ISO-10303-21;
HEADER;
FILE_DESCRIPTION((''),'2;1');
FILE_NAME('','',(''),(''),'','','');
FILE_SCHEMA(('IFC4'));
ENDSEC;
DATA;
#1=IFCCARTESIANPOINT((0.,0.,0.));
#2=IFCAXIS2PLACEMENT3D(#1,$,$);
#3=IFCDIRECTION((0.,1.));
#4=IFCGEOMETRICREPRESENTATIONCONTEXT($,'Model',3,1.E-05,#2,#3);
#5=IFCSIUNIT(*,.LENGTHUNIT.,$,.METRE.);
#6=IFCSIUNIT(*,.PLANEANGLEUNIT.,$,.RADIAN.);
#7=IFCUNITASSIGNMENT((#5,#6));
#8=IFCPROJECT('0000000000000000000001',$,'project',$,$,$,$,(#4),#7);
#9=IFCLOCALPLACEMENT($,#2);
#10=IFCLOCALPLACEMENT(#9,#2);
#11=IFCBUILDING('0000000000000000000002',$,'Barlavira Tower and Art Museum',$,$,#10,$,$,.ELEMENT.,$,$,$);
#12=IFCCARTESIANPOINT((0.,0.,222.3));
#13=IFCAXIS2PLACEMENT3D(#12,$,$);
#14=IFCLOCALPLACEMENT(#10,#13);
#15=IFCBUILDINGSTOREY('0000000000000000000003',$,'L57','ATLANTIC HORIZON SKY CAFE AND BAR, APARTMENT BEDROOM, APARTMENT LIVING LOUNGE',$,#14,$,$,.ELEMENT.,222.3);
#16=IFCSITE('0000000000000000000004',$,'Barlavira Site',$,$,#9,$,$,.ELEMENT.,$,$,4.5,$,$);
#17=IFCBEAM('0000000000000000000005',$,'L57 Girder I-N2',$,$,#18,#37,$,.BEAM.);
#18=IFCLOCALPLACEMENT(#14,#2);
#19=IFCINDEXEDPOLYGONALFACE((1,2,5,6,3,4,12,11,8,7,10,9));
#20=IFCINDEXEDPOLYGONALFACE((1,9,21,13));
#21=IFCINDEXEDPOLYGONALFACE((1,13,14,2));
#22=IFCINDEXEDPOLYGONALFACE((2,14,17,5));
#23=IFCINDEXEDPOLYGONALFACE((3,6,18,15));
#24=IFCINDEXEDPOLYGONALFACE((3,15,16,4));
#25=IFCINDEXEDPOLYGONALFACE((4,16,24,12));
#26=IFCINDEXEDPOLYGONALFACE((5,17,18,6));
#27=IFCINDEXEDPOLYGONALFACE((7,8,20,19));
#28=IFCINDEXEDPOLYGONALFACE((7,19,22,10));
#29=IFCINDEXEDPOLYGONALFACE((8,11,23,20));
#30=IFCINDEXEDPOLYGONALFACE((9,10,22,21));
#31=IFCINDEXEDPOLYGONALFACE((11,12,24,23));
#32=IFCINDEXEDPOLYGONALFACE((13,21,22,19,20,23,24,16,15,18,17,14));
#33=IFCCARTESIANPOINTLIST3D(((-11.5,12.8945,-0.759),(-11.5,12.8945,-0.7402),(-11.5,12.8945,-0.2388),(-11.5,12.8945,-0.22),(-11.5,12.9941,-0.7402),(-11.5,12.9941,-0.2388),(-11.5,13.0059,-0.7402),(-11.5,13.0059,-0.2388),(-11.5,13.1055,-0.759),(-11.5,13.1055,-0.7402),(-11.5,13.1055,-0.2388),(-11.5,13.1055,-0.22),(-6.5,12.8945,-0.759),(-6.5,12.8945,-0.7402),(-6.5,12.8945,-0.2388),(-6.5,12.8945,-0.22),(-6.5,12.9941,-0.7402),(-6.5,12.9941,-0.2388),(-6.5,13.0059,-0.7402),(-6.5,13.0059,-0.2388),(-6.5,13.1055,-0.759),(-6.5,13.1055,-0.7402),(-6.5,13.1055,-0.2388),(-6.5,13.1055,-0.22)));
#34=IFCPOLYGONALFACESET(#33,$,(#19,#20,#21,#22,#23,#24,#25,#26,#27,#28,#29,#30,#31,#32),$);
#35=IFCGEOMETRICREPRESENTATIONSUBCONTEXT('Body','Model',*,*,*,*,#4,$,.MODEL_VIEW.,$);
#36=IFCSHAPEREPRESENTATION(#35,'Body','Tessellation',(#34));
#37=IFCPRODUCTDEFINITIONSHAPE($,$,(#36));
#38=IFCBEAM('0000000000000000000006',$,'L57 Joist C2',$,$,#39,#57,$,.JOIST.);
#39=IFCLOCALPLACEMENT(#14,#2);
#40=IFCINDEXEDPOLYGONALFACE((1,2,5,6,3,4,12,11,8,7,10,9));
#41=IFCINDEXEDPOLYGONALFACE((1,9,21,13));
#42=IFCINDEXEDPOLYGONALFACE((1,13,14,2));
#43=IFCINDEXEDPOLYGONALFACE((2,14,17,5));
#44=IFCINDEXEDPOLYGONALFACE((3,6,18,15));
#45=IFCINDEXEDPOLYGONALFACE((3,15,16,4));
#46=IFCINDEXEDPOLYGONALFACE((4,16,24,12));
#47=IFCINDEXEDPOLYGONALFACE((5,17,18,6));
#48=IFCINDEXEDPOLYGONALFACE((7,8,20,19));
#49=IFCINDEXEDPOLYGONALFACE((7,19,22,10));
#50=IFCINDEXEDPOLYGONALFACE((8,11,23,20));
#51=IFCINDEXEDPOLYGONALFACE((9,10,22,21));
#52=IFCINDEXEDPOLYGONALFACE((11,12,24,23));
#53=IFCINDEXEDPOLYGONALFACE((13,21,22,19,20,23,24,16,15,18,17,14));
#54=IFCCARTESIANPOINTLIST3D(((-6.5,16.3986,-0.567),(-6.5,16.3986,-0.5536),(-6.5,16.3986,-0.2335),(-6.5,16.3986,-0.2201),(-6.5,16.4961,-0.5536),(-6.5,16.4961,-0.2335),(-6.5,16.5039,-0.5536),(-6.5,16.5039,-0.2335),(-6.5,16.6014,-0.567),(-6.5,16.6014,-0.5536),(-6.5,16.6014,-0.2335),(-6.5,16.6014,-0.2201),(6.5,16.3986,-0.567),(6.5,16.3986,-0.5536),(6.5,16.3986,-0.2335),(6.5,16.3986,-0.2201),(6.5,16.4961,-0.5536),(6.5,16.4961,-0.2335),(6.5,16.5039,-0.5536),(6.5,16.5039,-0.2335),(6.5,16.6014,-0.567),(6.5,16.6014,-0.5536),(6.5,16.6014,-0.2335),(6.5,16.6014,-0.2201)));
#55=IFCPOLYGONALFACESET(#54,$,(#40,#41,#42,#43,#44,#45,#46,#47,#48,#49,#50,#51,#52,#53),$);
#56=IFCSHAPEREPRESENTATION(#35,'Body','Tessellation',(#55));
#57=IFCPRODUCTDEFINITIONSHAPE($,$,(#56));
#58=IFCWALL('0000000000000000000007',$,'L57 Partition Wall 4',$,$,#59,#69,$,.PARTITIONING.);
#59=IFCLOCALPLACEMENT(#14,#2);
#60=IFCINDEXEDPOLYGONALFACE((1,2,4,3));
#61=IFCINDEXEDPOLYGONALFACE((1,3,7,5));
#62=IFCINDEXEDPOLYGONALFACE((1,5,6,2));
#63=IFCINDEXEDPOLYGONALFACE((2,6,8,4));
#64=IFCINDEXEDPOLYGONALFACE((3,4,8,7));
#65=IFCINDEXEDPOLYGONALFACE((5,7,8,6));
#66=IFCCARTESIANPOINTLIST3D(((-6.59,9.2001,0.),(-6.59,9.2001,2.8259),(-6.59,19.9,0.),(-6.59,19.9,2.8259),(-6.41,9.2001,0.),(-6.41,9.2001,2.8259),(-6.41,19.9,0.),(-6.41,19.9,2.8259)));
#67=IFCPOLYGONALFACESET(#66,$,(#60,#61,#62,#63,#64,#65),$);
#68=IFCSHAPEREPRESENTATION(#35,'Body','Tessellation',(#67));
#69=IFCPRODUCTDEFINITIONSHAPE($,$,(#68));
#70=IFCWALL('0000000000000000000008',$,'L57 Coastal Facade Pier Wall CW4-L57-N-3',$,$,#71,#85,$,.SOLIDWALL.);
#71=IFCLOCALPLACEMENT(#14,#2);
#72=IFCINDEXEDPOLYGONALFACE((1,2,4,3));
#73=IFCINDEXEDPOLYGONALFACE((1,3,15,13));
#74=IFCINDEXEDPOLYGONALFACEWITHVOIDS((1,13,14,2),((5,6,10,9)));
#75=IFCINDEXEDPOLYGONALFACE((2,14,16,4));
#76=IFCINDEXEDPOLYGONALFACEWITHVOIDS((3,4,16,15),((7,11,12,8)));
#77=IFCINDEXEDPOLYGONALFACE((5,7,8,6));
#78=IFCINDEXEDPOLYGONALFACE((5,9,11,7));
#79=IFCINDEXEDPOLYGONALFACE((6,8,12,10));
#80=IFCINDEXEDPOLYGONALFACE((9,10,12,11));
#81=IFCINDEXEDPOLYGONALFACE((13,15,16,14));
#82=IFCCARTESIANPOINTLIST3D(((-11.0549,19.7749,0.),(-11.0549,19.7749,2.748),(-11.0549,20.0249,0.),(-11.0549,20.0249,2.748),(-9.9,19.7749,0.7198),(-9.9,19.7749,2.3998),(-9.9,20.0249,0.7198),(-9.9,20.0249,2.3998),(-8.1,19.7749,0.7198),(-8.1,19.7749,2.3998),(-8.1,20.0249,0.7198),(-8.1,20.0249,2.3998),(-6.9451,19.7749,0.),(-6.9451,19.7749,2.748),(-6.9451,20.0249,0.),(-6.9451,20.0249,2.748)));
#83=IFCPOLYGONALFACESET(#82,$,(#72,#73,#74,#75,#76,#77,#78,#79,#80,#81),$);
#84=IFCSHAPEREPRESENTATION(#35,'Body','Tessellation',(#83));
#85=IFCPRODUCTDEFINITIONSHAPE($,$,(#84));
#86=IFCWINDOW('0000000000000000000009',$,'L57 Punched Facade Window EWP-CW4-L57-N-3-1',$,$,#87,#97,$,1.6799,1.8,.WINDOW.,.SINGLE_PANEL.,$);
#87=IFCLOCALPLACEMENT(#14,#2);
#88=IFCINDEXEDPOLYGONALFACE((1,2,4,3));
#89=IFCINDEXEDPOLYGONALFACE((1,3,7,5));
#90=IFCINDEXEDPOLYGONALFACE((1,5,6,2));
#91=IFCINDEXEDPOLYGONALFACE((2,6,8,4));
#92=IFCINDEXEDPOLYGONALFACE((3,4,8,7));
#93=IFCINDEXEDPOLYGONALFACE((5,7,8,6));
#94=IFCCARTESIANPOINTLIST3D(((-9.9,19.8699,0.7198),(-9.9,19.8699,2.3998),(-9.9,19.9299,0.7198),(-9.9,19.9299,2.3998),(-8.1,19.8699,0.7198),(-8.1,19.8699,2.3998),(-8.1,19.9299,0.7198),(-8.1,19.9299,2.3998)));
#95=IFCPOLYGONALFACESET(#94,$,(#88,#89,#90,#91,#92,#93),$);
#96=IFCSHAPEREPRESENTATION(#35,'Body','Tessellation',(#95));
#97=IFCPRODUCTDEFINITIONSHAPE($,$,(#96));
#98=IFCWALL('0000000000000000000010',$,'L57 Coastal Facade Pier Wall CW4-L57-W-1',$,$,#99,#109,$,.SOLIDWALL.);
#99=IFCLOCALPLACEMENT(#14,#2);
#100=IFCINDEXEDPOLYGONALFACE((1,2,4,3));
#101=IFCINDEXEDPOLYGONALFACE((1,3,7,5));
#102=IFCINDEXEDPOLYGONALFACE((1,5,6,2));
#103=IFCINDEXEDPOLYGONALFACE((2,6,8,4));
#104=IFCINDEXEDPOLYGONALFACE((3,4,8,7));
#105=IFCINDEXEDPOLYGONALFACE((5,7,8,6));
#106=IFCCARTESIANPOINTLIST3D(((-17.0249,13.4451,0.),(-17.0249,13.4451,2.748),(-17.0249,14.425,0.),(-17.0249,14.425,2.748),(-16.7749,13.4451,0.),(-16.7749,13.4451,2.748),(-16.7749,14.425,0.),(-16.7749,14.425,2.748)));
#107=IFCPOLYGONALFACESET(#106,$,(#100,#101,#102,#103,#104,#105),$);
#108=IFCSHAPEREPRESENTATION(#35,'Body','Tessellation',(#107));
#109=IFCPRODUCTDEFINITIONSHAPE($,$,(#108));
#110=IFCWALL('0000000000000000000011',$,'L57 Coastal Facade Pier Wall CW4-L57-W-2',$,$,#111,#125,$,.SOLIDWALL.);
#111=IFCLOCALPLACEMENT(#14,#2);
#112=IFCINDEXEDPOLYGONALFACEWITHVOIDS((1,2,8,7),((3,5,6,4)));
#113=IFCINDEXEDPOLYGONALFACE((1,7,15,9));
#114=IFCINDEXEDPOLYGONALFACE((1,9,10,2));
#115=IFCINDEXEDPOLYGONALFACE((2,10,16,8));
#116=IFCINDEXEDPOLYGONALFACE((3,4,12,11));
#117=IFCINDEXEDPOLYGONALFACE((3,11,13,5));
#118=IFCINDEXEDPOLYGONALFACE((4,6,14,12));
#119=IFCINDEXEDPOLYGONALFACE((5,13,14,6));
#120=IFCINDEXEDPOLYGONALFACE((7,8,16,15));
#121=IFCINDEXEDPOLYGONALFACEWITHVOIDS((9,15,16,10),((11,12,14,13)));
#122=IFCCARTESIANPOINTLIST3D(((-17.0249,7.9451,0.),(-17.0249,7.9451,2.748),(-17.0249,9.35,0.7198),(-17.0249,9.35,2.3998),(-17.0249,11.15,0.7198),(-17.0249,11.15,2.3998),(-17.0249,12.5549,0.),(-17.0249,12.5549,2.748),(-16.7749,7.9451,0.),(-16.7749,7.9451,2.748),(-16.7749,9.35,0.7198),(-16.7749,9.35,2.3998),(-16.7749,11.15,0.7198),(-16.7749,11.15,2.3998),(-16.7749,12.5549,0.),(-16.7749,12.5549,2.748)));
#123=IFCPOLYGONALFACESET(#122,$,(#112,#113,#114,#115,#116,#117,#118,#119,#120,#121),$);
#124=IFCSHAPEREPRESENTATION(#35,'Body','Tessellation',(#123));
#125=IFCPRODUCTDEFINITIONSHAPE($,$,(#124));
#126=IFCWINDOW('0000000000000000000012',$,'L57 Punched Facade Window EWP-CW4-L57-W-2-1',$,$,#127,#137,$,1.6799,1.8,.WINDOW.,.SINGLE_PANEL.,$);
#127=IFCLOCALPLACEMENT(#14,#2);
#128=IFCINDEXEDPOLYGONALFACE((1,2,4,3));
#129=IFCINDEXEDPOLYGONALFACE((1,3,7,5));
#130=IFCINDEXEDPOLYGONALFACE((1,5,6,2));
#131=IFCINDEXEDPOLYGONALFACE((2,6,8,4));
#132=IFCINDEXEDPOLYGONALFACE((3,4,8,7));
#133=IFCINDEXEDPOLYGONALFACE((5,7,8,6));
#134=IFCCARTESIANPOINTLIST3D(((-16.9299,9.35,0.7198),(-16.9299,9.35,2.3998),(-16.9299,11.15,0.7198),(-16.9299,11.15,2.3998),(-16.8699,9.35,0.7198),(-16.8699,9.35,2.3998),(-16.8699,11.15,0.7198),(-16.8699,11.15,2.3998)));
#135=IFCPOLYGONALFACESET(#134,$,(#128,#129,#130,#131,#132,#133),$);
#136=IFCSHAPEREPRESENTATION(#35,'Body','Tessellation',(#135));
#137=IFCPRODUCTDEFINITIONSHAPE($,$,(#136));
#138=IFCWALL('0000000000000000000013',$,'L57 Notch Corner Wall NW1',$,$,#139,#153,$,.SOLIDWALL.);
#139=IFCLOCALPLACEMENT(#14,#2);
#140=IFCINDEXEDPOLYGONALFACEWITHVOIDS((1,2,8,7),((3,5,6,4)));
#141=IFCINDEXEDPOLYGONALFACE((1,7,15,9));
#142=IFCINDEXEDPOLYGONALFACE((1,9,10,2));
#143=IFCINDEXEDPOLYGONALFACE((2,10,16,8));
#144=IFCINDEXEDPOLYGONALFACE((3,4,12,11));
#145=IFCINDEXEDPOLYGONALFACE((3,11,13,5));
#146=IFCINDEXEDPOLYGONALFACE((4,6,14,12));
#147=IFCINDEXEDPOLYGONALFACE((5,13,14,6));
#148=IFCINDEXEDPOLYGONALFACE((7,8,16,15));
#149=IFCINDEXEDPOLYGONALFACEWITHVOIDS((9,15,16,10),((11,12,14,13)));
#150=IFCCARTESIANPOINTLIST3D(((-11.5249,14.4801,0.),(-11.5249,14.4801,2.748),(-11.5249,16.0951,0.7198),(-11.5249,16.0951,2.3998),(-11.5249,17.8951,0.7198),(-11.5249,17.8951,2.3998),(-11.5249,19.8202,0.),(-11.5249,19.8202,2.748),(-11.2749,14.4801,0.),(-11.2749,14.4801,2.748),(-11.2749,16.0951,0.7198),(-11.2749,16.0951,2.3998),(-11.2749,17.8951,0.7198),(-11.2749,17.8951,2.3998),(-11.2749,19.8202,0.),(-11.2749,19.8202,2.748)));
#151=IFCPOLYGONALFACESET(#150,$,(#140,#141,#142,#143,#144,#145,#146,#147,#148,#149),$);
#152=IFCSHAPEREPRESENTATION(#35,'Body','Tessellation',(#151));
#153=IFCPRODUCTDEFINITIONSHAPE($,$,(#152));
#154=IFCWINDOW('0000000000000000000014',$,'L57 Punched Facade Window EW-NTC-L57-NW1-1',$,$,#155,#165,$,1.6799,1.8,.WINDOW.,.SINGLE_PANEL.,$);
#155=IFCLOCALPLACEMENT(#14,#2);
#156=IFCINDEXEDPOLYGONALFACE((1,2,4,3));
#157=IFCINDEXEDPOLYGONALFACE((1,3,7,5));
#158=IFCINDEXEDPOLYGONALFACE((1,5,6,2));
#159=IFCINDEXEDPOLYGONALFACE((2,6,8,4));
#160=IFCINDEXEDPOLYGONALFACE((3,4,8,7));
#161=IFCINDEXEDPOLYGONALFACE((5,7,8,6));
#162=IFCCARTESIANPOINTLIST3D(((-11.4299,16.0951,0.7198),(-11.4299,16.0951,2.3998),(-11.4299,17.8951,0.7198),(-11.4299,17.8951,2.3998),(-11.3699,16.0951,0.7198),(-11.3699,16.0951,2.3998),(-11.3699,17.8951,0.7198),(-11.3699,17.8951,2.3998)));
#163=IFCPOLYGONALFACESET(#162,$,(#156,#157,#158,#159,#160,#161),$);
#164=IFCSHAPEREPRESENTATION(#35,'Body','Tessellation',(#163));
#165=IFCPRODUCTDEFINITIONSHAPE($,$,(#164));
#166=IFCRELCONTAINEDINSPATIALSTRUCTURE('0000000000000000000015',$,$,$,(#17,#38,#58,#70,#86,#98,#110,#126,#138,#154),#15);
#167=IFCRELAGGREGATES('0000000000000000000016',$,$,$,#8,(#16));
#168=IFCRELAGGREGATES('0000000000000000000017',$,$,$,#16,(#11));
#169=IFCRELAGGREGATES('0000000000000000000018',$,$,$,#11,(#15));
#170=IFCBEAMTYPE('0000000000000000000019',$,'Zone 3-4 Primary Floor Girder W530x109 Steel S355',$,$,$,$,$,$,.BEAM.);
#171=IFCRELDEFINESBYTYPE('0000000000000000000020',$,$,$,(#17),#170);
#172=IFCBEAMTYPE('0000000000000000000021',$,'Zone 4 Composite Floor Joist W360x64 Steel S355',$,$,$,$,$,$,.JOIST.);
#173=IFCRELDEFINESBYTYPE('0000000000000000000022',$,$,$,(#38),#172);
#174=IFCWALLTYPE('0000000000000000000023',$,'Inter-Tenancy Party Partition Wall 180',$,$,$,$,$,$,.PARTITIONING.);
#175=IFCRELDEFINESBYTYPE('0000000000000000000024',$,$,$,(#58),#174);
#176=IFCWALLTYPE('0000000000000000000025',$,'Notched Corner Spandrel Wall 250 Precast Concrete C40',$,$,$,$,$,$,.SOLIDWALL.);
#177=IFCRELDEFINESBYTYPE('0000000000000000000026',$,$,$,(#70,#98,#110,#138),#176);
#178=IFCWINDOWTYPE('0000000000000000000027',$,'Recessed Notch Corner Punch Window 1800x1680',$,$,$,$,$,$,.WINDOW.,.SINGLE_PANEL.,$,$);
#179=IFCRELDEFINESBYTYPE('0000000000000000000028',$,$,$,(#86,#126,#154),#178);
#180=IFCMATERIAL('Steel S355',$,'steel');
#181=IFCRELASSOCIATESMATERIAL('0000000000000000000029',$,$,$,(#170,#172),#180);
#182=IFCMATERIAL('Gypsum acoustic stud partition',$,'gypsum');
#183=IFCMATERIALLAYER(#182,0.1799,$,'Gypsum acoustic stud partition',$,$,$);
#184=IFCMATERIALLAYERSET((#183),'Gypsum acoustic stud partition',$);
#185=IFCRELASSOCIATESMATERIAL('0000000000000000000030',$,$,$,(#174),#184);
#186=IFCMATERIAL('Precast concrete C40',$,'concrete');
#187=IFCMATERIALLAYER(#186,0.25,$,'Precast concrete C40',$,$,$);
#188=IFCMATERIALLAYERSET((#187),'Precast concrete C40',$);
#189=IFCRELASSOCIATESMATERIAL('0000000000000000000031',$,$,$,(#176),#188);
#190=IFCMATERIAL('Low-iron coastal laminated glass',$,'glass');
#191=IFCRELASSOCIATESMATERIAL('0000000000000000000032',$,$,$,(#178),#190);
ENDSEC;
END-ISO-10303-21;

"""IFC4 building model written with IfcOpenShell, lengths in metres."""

from ifc_helpers import new_model, si_unit, direction, frame, frame_2d, origin, origin_2d, place, context, subcontext, project, spatial, rectangle, i_section, extrude, material, layer, layer_set, material_profile, profile_set, type_object, element, fill, save


model = new_model("IFC4")

# Units and contexts
model_context = context("Model", 3, precision=1e-05, world=origin(), true_north=direction((0.0, 1.0)))
body_context = subcontext(model_context, "Body", "Model", "MODEL_VIEW")
ifc_project = project(units=[si_unit("LENGTHUNIT", "METRE"), si_unit("PLANEANGLEUNIT", "RADIAN")], contexts=[model_context])

# Site, building, storey
site_placement = place(None, origin())
site = spatial("IfcSite", under=ifc_project, at=site_placement, Name="Barlavira Site", CompositionType="ELEMENT", RefElevation=4.5)
building_placement = place(site_placement, origin())
building = spatial("IfcBuilding", under=site, at=building_placement, Name="Barlavira Tower and Art Museum", CompositionType="ELEMENT")
storey_placement = place(building_placement, frame((0.0, 0.0, 222.3)))
storey = spatial("IfcBuildingStorey", under=building, at=storey_placement, Name="L57", Description="ATLANTIC HORIZON SKY CAFE AND BAR, APARTMENT BEDROOM, APARTMENT LIVING LOUNGE", CompositionType="ELEMENT", Elevation=222.3)

# Shared definitions
ifc_material_1 = material(Name="Steel S355", Category="steel")

# Beams
ifc_material_profile_1 = material_profile(ifc_material_1, i_section(OverallWidth=0.2109, OverallDepth=0.5391, WebThickness=0.0117, FlangeThickness=0.0188, at=origin_2d()), Name="W530x109.0")
ifc_profile_set_1 = profile_set([ifc_material_profile_1], Name="Steel S355")
beam_type_1 = type_object("IfcBeamType", Name="Zone 3-4 Primary Floor Girder W530x109 Steel S355", PredefinedType="BEAM", material=ifc_profile_set_1)
beam_1_placement = place(storey_placement, frame((-11.5, 13.0, -0.4895), z_axis=(1.0, 0.0, 0.0), x_axis=(0.0, 1.0, 0.0)))
element("IfcBeam", 1, at=beam_1_placement, inside=storey, type_object=beam_type_1, Name="L57 Girder I-N2", PredefinedType="BEAM", context=body_context, shape_type="SweptSolid", body=[
    extrude(i_section(OverallWidth=0.2109, OverallDepth=0.5391, WebThickness=0.0117, FlangeThickness=0.0188, at=origin_2d()), origin(), (0.0, 0.0, 1.0), 5.0),
])
ifc_material_profile_2 = material_profile(ifc_material_1, i_section(OverallWidth=0.2029, OverallDepth=0.3469, WebThickness=0.0078, FlangeThickness=0.0134, at=origin_2d()), Name="W360x64.0")
ifc_profile_set_2 = profile_set([ifc_material_profile_2], Name="Steel S355")
beam_type_2 = type_object("IfcBeamType", Name="Zone 4 Composite Floor Joist W360x64 Steel S355", PredefinedType="JOIST", material=ifc_profile_set_2)
beam_2_placement = place(storey_placement, frame((-6.5, 16.5, -0.3936), z_axis=(1.0, 0.0, 0.0), x_axis=(0.0, 1.0, 0.0)))
element("IfcBeam", 2, at=beam_2_placement, inside=storey, type_object=beam_type_2, Name="L57 Joist C2", PredefinedType="JOIST", context=body_context, shape_type="SweptSolid", body=[
    extrude(i_section(OverallWidth=0.2029, OverallDepth=0.3469, WebThickness=0.0078, FlangeThickness=0.0134, at=origin_2d()), origin(), (0.0, 0.0, 1.0), 13.0),
])

# Wall
ifc_material_2 = material(Name="Gypsum acoustic stud partition", Category="gypsum")
ifc_layer_1 = layer(ifc_material_2, 0.1799, Name="Gypsum acoustic stud partition")
ifc_layer_set_1 = layer_set([ifc_layer_1], Name="Gypsum acoustic stud partition")
wall_type_1 = type_object("IfcWallType", Name="Inter-Tenancy Party Partition Wall 180", PredefinedType="PARTITIONING", material=ifc_layer_set_1)
wall_1_placement = place(storey_placement, frame((-6.5, 9.2, 0.0), z_axis=(0.0, 0.0, 1.0), x_axis=(0.0, 1.0, 0.0)))
element("IfcWall", 3, at=wall_1_placement, inside=storey, type_object=wall_type_1, Name="L57 Partition Wall 4", PredefinedType="PARTITIONING", context=body_context, shape_type="SweptSolid", body=[
    extrude(rectangle(XDim=10.7, YDim=0.1799, at=frame_2d((5.3501, 0.0))), origin(), (0.0, 0.0, 1.0), 2.8259),
])

# Wall, opening, window
ifc_material_3 = material(Name="Precast concrete C40", Category="concrete")
ifc_layer_2 = layer(ifc_material_3, 0.25, Name="Precast concrete C40")
ifc_layer_set_2 = layer_set([ifc_layer_2], Name="Precast concrete C40")
wall_type_2 = type_object("IfcWallType", Name="Notched Corner Spandrel Wall 250 Precast Concrete C40", PredefinedType="SOLIDWALL", material=ifc_layer_set_2)
wall_2_placement = place(storey_placement, frame((-6.9451, 19.8999, 0.0), z_axis=(0.0, 0.0, 1.0), x_axis=(-1.0, 0.0, 0.0)))
wall_2 = element("IfcWall", 4, at=wall_2_placement, inside=storey, type_object=wall_type_2, Name="L57 Coastal Facade Pier Wall CW4-L57-N-3", PredefinedType="SOLIDWALL", context=body_context, shape_type="SweptSolid", body=[
    extrude(rectangle(XDim=4.1099, YDim=0.25, at=frame_2d((2.0549, 0.0))), origin(), (0.0, 0.0, 1.0), 2.748),
])
opening_1_placement = place(wall_2_placement, frame((1.155, 0.0, 0.72)))
opening_1 = element("IfcOpeningElement", 5, at=opening_1_placement, cuts=wall_2, PredefinedType="OPENING", context=body_context, shape_type="SweptSolid", body=[
    extrude(rectangle(XDim=1.8, YDim=1.6799, at=frame_2d((0.8999, 0.8398))), frame((0.0, 0.135, 0.0), z_axis=(0.0, -1.0, 0.0), x_axis=(1.0, 0.0, 0.0)), (0.0, 0.0, 1.0), 0.27),
])
ifc_material_4 = material(Name="Low-iron coastal laminated glass", Category="glass")
window_type = type_object("IfcWindowType", Name="Recessed Notch Corner Punch Window 1800x1680", PartitioningType="SINGLE_PANEL", PredefinedType="WINDOW", material=ifc_material_4)
window_1_placement = place(opening_1_placement, origin())
window_1 = element("IfcWindow", 6, at=window_1_placement, inside=storey, type_object=window_type, Name="L57 Punched Facade Window EWP-CW4-L57-N-3-1", OverallHeight=1.6799, OverallWidth=1.8, PartitioningType="SINGLE_PANEL", PredefinedType="WINDOW", context=body_context, shape_type="SweptSolid", body=[
    extrude(rectangle(XDim=1.8, YDim=1.6799, at=frame_2d((0.8999, 0.8398))), frame((0.0, 0.03, 0.0), z_axis=(0.0, -1.0, 0.0), x_axis=(1.0, 0.0, 0.0)), (0.0, 0.0, 1.0), 0.0601),
])
fill(opening_1, window_1)

# Wall
wall_3_placement = place(storey_placement, frame((-16.8999, 14.425, 0.0), z_axis=(0.0, 0.0, 1.0), x_axis=(0.0, -1.0, 0.0)))
element("IfcWall", 7, at=wall_3_placement, inside=storey, type_object=wall_type_2, Name="L57 Coastal Facade Pier Wall CW4-L57-W-1", PredefinedType="SOLIDWALL", context=body_context, shape_type="SweptSolid", body=[
    extrude(rectangle(XDim=0.98, YDim=0.25, at=frame_2d((0.49, 0.0))), origin(), (0.0, 0.0, 1.0), 2.748),
])

# Walls, openings, windows
wall_4_placement = place(storey_placement, frame((-16.8999, 12.5549, 0.0), z_axis=(0.0, 0.0, 1.0), x_axis=(0.0, -1.0, 0.0)))
wall_4 = element("IfcWall", 8, at=wall_4_placement, inside=storey, type_object=wall_type_2, Name="L57 Coastal Facade Pier Wall CW4-L57-W-2", PredefinedType="SOLIDWALL", context=body_context, shape_type="SweptSolid", body=[
    extrude(rectangle(XDim=4.6099, YDim=0.25, at=frame_2d((2.3049, 0.0))), origin(), (0.0, 0.0, 1.0), 2.748),
])
opening_2_placement = place(wall_4_placement, frame((1.405, 0.0, 0.72)))
opening_2 = element("IfcOpeningElement", 9, at=opening_2_placement, cuts=wall_4, PredefinedType="OPENING", context=body_context, shape_type="SweptSolid", body=[
    extrude(rectangle(XDim=1.8, YDim=1.6799, at=frame_2d((0.8999, 0.8398))), frame((0.0, 0.135, 0.0), z_axis=(0.0, -1.0, 0.0), x_axis=(1.0, 0.0, 0.0)), (0.0, 0.0, 1.0), 0.27),
])
window_2_placement = place(opening_2_placement, origin())
window_2 = element("IfcWindow", 10, at=window_2_placement, inside=storey, type_object=window_type, Name="L57 Punched Facade Window EWP-CW4-L57-W-2-1", OverallHeight=1.6799, OverallWidth=1.8, PartitioningType="SINGLE_PANEL", PredefinedType="WINDOW", context=body_context, shape_type="SweptSolid", body=[
    extrude(rectangle(XDim=1.8, YDim=1.6799, at=frame_2d((0.8999, 0.8398))), frame((0.0, 0.03, 0.0), z_axis=(0.0, -1.0, 0.0), x_axis=(1.0, 0.0, 0.0)), (0.0, 0.0, 1.0), 0.0601),
])
fill(opening_2, window_2)
wall_5_placement = place(storey_placement, frame((-11.3999, 19.8201, 0.0), z_axis=(0.0, 0.0, 1.0), x_axis=(0.0, -1.0, 0.0)))
wall_5 = element("IfcWall", 11, at=wall_5_placement, inside=storey, type_object=wall_type_2, Name="L57 Notch Corner Wall NW1", PredefinedType="SOLIDWALL", context=body_context, shape_type="SweptSolid", body=[
    extrude(rectangle(XDim=5.3401, YDim=0.25, at=frame_2d((2.6699, 0.0))), origin(), (0.0, 0.0, 1.0), 2.748),
])
opening_3_placement = place(wall_5_placement, frame((1.925, 0.0, 0.72)))
opening_3 = element("IfcOpeningElement", 12, at=opening_3_placement, cuts=wall_5, PredefinedType="OPENING", context=body_context, shape_type="SweptSolid", body=[
    extrude(rectangle(XDim=1.8, YDim=1.6799, at=frame_2d((0.8999, 0.8398))), frame((0.0, 0.135, 0.0), z_axis=(0.0, -1.0, 0.0), x_axis=(1.0, 0.0, 0.0)), (0.0, 0.0, 1.0), 0.27),
])
window_3_placement = place(opening_3_placement, origin())
window_3 = element("IfcWindow", 13, at=window_3_placement, inside=storey, type_object=window_type, Name="L57 Punched Facade Window EW-NTC-L57-NW1-1", OverallHeight=1.6799, OverallWidth=1.8, PartitioningType="SINGLE_PANEL", PredefinedType="WINDOW", context=body_context, shape_type="SweptSolid", body=[
    extrude(rectangle(XDim=1.8, YDim=1.6799, at=frame_2d((0.8999, 0.8398))), frame((0.0, 0.03, 0.0), z_axis=(0.0, -1.0, 0.0), x_axis=(1.0, 0.0, 0.0)), (0.0, 0.0, 1.0), 0.0601),
])
fill(opening_3, window_3)

save(model, "model.ifc")
